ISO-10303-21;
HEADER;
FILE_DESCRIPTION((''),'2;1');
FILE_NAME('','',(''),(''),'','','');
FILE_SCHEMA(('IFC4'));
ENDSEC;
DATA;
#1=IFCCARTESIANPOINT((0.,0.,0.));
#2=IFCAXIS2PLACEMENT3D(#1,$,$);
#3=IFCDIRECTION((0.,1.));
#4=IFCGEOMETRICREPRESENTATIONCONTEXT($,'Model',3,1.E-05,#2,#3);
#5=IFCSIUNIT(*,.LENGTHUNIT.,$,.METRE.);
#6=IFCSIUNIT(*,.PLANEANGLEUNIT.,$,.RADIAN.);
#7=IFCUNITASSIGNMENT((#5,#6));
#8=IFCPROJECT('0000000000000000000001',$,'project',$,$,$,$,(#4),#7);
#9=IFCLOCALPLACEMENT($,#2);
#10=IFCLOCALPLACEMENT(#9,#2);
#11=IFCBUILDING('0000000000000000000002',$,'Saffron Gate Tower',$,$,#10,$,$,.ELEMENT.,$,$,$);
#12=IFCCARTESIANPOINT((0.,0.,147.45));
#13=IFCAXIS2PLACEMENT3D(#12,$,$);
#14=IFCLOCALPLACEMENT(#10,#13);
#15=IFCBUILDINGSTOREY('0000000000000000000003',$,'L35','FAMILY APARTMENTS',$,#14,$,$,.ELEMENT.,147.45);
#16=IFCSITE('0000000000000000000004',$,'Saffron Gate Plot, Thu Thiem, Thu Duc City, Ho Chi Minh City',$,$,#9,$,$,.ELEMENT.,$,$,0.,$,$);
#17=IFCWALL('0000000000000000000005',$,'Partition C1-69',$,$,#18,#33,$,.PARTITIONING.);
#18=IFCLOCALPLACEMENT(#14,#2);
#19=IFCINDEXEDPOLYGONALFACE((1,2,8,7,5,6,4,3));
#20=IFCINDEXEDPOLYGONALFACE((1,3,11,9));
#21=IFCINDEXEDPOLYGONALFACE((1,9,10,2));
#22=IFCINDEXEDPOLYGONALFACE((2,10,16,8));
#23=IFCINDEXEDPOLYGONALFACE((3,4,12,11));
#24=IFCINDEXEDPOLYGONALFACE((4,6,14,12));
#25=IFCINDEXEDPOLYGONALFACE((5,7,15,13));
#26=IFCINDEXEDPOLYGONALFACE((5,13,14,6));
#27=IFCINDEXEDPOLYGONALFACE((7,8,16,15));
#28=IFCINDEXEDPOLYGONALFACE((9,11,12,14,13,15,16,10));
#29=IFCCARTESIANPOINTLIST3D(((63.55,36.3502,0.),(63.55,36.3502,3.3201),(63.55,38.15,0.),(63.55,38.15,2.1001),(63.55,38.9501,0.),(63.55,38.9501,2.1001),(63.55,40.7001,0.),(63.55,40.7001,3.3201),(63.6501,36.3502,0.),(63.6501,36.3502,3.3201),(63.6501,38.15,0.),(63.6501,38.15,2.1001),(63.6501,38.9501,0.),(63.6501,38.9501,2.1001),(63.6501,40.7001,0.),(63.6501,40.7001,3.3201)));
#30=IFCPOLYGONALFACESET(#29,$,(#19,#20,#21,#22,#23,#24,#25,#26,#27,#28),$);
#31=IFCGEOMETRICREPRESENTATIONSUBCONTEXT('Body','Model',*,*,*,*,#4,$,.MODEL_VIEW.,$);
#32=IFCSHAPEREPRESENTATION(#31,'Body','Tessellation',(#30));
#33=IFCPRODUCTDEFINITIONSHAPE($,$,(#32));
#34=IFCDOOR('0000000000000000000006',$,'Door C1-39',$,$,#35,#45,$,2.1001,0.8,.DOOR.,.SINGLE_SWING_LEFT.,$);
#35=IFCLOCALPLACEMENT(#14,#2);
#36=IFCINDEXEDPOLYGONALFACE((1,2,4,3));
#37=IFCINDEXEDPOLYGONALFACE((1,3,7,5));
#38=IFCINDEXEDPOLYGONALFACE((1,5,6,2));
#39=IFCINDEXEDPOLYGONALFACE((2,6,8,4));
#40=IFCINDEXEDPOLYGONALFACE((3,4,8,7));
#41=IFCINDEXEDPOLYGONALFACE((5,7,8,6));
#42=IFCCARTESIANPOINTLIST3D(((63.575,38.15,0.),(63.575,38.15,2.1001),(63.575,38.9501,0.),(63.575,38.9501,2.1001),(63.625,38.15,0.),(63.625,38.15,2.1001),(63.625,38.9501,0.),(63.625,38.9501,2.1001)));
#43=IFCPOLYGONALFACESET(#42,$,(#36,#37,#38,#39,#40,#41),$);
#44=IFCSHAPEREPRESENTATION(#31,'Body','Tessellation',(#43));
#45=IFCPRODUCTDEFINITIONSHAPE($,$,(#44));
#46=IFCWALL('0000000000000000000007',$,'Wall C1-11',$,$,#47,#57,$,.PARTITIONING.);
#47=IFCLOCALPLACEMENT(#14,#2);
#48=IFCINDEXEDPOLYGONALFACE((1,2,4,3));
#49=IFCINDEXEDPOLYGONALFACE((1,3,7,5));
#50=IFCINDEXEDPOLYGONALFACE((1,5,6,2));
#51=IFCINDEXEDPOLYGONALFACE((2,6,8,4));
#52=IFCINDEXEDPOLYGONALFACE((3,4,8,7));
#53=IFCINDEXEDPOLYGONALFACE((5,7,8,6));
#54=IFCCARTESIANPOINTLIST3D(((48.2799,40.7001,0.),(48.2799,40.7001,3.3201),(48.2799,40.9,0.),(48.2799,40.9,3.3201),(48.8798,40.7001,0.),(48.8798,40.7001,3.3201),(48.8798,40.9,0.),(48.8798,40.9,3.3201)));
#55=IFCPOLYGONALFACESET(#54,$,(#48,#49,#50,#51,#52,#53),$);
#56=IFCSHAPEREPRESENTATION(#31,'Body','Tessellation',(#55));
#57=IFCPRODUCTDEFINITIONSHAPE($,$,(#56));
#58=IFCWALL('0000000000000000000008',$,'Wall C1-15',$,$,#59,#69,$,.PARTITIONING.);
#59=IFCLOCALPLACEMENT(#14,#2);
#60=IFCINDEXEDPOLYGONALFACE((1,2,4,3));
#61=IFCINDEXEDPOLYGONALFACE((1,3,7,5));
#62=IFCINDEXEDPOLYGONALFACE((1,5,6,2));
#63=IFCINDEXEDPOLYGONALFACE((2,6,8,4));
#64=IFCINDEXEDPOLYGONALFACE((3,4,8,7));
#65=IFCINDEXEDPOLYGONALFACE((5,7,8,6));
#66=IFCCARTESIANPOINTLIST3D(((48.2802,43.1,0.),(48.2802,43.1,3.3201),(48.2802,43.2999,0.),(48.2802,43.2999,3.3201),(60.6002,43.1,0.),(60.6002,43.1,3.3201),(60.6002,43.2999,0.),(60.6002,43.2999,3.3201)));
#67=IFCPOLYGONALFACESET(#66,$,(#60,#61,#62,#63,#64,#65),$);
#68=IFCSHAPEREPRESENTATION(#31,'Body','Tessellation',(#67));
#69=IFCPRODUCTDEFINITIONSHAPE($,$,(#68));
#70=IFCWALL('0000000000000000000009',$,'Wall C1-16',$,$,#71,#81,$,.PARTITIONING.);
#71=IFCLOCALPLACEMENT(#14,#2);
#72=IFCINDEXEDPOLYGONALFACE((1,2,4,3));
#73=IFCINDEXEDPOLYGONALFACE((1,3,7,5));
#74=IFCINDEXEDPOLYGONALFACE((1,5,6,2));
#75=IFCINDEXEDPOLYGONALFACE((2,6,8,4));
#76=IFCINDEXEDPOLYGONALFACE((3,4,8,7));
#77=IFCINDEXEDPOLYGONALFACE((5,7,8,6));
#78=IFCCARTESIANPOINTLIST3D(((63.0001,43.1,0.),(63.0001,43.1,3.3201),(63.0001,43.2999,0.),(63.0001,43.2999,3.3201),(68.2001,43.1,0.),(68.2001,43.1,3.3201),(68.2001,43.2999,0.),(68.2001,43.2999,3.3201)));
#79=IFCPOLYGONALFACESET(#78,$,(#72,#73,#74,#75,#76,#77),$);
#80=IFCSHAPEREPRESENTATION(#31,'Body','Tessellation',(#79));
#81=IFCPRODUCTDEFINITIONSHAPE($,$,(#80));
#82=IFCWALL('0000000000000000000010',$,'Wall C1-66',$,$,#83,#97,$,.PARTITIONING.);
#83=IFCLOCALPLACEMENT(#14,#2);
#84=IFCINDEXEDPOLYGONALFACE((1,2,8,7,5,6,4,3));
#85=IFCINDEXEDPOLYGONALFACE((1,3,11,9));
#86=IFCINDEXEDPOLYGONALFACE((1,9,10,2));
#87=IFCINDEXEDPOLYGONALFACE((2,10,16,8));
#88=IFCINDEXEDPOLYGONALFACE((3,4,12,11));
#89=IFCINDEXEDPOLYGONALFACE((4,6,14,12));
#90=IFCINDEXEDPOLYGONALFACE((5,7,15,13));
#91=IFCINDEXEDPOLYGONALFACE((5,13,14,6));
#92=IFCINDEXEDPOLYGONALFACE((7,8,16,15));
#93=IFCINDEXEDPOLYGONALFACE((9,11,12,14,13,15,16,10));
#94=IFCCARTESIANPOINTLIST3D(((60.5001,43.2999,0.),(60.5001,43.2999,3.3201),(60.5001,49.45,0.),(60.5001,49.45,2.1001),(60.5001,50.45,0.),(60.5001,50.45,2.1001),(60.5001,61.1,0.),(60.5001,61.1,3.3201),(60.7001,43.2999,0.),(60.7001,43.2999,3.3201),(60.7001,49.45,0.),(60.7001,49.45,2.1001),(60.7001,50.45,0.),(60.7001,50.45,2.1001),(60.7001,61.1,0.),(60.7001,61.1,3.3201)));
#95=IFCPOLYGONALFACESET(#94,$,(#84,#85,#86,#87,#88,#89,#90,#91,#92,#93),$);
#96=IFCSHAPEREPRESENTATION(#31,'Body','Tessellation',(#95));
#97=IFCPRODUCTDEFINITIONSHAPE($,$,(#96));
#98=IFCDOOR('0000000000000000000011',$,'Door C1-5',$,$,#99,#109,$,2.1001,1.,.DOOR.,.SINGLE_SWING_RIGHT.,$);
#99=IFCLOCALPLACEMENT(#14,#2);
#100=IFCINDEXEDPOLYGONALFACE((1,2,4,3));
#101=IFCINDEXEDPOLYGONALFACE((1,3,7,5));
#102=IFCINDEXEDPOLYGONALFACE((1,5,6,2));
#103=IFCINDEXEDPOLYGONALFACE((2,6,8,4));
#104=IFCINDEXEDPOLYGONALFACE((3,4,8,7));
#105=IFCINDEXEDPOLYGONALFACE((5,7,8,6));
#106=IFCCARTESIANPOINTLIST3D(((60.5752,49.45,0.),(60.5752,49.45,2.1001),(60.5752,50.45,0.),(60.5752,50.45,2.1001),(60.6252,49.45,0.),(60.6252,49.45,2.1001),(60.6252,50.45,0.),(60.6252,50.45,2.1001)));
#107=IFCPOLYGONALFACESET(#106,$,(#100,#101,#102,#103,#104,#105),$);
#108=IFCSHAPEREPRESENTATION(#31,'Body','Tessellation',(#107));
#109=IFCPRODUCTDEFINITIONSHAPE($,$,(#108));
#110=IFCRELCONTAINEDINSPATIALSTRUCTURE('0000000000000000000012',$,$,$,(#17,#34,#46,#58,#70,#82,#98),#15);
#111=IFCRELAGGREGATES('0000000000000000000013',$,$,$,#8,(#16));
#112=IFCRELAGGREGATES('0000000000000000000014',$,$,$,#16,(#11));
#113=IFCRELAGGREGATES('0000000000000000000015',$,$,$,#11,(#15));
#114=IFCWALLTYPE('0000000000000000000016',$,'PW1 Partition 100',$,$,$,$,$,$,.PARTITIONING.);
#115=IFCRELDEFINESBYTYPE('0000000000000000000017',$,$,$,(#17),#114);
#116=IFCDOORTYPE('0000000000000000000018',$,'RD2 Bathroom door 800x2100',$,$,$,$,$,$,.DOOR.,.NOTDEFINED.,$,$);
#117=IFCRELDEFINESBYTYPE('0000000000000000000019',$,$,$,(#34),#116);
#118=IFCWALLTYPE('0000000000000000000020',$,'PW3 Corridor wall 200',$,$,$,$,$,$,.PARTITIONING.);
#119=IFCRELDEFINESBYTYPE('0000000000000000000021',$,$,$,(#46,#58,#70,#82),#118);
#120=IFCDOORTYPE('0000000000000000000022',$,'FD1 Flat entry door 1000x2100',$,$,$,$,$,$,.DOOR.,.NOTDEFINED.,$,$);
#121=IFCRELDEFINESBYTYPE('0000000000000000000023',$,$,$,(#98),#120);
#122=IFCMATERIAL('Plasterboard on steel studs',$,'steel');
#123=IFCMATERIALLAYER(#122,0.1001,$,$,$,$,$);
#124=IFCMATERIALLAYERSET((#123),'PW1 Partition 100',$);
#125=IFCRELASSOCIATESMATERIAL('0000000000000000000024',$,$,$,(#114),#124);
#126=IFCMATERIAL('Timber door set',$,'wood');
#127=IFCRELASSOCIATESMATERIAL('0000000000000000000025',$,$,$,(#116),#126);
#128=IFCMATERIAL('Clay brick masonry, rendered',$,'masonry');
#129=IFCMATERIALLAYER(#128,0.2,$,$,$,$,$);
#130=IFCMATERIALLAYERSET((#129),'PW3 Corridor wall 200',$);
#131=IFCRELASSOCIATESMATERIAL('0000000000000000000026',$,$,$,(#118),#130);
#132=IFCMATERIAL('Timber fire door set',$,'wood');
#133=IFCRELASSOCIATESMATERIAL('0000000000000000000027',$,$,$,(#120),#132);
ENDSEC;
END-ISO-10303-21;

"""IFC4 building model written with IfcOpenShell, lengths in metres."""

from ifc_helpers import new_model, si_unit, direction, frame, frame_2d, origin, place, context, subcontext, project, spatial, rectangle, extrude, material, layer, layer_set, type_object, element, fill, save


model = new_model("IFC4")

# Units and contexts
model_context = context("Model", 3, precision=1e-05, world=origin(), true_north=direction((0.0, 1.0)))
body_context = subcontext(model_context, "Body", "Model", "MODEL_VIEW")
ifc_project = project(units=[si_unit("LENGTHUNIT", "METRE"), si_unit("PLANEANGLEUNIT", "RADIAN")], contexts=[model_context])

# Site, building, storey
site_placement = place(None, origin())
site = spatial("IfcSite", under=ifc_project, at=site_placement, Name="Saffron Gate Plot, Thu Thiem, Thu Duc City, Ho Chi Minh City", CompositionType="ELEMENT", RefElevation=0.0)
building_placement = place(site_placement, origin())
building = spatial("IfcBuilding", under=site, at=building_placement, Name="Saffron Gate Tower", CompositionType="ELEMENT")
storey_placement = place(building_placement, frame((0.0, 0.0, 147.45)))
storey = spatial("IfcBuildingStorey", under=building, at=storey_placement, Name="L35", Description="FAMILY APARTMENTS", CompositionType="ELEMENT", Elevation=147.45)

# Shared definitions
ifc_material_1 = material(Name="Plasterboard on steel studs", Category="steel")
ifc_layer_1 = layer(ifc_material_1, 0.1001)
ifc_layer_set_1 = layer_set([ifc_layer_1], Name="PW1 Partition 100")
wall_type_1 = type_object("IfcWallType", Name="PW1 Partition 100", PredefinedType="PARTITIONING", material=ifc_layer_set_1)

# Shared definitions
ifc_material_2 = material(Name="Timber door set", Category="wood")
door_type_1 = type_object("IfcDoorType", Name="RD2 Bathroom door 800x2100", OperationType="NOTDEFINED", PredefinedType="DOOR", material=ifc_material_2)

# Wall, opening, door
wall_1_placement = place(storey_placement, frame((63.6001, 40.7, 0.0), z_axis=(0.0, 0.0, 1.0), x_axis=(0.0, -1.0, 0.0)))
wall_1 = element("IfcWall", 1, at=wall_1_placement, inside=storey, type_object=wall_type_1, Name="Partition C1-69", PredefinedType="PARTITIONING", context=body_context, shape_type="SweptSolid", body=[
    extrude(rectangle(XDim=4.3499, YDim=0.1001, at=frame_2d((2.1748, 0.0))), origin(), (0.0, 0.0, 1.0), 3.3201),
])
opening_1_placement = place(wall_1_placement, frame((1.75, 0.0, 0.0)))
opening_1 = element("IfcOpeningElement", 2, at=opening_1_placement, cuts=wall_1, PredefinedType="OPENING", context=body_context, shape_type="SweptSolid", body=[
    extrude(rectangle(XDim=0.8, YDim=2.1001, at=frame_2d((0.3999, 1.05))), frame((0.0, 0.0601, 0.0), z_axis=(0.0, -1.0, 0.0), x_axis=(1.0, 0.0, 0.0)), (0.0, 0.0, 1.0), 0.1201),
])
door_1_placement = place(opening_1_placement, origin())
door_1 = element("IfcDoor", 3, at=door_1_placement, inside=storey, type_object=door_type_1, Name="Door C1-39", OperationType="SINGLE_SWING_LEFT", OverallHeight=2.1001, OverallWidth=0.8, PredefinedType="DOOR", context=body_context, shape_type="SweptSolid", body=[
    extrude(rectangle(XDim=0.8, YDim=2.1001, at=frame_2d((0.3999, 1.05))), frame((0.0, 0.0249, 0.0), z_axis=(0.0, -1.0, 0.0), x_axis=(1.0, 0.0, 0.0)), (0.0, 0.0, 1.0), 0.05),
])
fill(opening_1, door_1)

# Walls
ifc_material_3 = material(Name="Clay brick masonry, rendered", Category="masonry")
ifc_layer_2 = layer(ifc_material_3, 0.2)
ifc_layer_set_2 = layer_set([ifc_layer_2], Name="PW3 Corridor wall 200")
wall_type_2 = type_object("IfcWallType", Name="PW3 Corridor wall 200", PredefinedType="PARTITIONING", material=ifc_layer_set_2)
wall_2_placement = place(storey_placement, frame((48.28, 40.8, 0.0), z_axis=(0.0, 0.0, 1.0), x_axis=(1.0, 0.0, 0.0)))
element("IfcWall", 4, at=wall_2_placement, inside=storey, type_object=wall_type_2, Name="Wall C1-11", PredefinedType="PARTITIONING", context=body_context, shape_type="SweptSolid", body=[
    extrude(rectangle(XDim=0.5999, YDim=0.2, at=frame_2d((0.2998, 0.0))), origin(), (0.0, 0.0, 1.0), 3.3201),
])
wall_3_placement = place(storey_placement, frame((48.28, 43.2, 0.0), z_axis=(0.0, 0.0, 1.0), x_axis=(1.0, 0.0, 0.0)))
element("IfcWall", 5, at=wall_3_placement, inside=storey, type_object=wall_type_2, Name="Wall C1-15", PredefinedType="PARTITIONING", context=body_context, shape_type="SweptSolid", body=[
    extrude(rectangle(XDim=12.3201, YDim=0.2, at=frame_2d((6.1602, 0.0))), origin(), (0.0, 0.0, 1.0), 3.3201),
])
wall_4_placement = place(storey_placement, frame((63.0, 43.2, 0.0), z_axis=(0.0, 0.0, 1.0), x_axis=(1.0, 0.0, 0.0)))
element("IfcWall", 6, at=wall_4_placement, inside=storey, type_object=wall_type_2, Name="Wall C1-16", PredefinedType="PARTITIONING", context=body_context, shape_type="SweptSolid", body=[
    extrude(rectangle(XDim=5.2, YDim=0.2, at=frame_2d((2.6001, 0.0))), origin(), (0.0, 0.0, 1.0), 3.3201),
])

# Wall, opening, door
wall_5_placement = place(storey_placement, frame((60.6001, 43.3, 0.0), z_axis=(0.0, 0.0, 1.0), x_axis=(0.0, 1.0, 0.0)))
wall_5 = element("IfcWall", 7, at=wall_5_placement, inside=storey, type_object=wall_type_2, Name="Wall C1-66", PredefinedType="PARTITIONING", context=body_context, shape_type="SweptSolid", body=[
    extrude(rectangle(XDim=17.8, YDim=0.2, at=frame_2d((8.8999, 0.0))), origin(), (0.0, 0.0, 1.0), 3.3201),
])
opening_2_placement = place(wall_5_placement, frame((6.1499, 0.0, 0.0)))
opening_2 = element("IfcOpeningElement", 8, at=opening_2_placement, cuts=wall_5, PredefinedType="OPENING", context=body_context, shape_type="SweptSolid", body=[
    extrude(rectangle(XDim=1.0, YDim=2.1001, at=frame_2d((0.5, 1.05))), frame((0.0, 0.1099, 0.0), z_axis=(0.0, -1.0, 0.0), x_axis=(1.0, 0.0, 0.0)), (0.0, 0.0, 1.0), 0.22),
])
ifc_material_4 = material(Name="Timber fire door set", Category="wood")
door_type_2 = type_object("IfcDoorType", Name="FD1 Flat entry door 1000x2100", OperationType="NOTDEFINED", PredefinedType="DOOR", material=ifc_material_4)
door_2_placement = place(opening_2_placement, origin())
door_2 = element("IfcDoor", 9, at=door_2_placement, inside=storey, type_object=door_type_2, Name="Door C1-5", OperationType="SINGLE_SWING_RIGHT", OverallHeight=2.1001, OverallWidth=1.0, PredefinedType="DOOR", context=body_context, shape_type="SweptSolid", body=[
    extrude(rectangle(XDim=1.0, YDim=2.1001, at=frame_2d((0.5, 1.05))), frame((0.0, 0.0249, 0.0), z_axis=(0.0, -1.0, 0.0), x_axis=(1.0, 0.0, 0.0)), (0.0, 0.0, 1.0), 0.05),
])
fill(opening_2, door_2)

save(model, "model.ifc")
